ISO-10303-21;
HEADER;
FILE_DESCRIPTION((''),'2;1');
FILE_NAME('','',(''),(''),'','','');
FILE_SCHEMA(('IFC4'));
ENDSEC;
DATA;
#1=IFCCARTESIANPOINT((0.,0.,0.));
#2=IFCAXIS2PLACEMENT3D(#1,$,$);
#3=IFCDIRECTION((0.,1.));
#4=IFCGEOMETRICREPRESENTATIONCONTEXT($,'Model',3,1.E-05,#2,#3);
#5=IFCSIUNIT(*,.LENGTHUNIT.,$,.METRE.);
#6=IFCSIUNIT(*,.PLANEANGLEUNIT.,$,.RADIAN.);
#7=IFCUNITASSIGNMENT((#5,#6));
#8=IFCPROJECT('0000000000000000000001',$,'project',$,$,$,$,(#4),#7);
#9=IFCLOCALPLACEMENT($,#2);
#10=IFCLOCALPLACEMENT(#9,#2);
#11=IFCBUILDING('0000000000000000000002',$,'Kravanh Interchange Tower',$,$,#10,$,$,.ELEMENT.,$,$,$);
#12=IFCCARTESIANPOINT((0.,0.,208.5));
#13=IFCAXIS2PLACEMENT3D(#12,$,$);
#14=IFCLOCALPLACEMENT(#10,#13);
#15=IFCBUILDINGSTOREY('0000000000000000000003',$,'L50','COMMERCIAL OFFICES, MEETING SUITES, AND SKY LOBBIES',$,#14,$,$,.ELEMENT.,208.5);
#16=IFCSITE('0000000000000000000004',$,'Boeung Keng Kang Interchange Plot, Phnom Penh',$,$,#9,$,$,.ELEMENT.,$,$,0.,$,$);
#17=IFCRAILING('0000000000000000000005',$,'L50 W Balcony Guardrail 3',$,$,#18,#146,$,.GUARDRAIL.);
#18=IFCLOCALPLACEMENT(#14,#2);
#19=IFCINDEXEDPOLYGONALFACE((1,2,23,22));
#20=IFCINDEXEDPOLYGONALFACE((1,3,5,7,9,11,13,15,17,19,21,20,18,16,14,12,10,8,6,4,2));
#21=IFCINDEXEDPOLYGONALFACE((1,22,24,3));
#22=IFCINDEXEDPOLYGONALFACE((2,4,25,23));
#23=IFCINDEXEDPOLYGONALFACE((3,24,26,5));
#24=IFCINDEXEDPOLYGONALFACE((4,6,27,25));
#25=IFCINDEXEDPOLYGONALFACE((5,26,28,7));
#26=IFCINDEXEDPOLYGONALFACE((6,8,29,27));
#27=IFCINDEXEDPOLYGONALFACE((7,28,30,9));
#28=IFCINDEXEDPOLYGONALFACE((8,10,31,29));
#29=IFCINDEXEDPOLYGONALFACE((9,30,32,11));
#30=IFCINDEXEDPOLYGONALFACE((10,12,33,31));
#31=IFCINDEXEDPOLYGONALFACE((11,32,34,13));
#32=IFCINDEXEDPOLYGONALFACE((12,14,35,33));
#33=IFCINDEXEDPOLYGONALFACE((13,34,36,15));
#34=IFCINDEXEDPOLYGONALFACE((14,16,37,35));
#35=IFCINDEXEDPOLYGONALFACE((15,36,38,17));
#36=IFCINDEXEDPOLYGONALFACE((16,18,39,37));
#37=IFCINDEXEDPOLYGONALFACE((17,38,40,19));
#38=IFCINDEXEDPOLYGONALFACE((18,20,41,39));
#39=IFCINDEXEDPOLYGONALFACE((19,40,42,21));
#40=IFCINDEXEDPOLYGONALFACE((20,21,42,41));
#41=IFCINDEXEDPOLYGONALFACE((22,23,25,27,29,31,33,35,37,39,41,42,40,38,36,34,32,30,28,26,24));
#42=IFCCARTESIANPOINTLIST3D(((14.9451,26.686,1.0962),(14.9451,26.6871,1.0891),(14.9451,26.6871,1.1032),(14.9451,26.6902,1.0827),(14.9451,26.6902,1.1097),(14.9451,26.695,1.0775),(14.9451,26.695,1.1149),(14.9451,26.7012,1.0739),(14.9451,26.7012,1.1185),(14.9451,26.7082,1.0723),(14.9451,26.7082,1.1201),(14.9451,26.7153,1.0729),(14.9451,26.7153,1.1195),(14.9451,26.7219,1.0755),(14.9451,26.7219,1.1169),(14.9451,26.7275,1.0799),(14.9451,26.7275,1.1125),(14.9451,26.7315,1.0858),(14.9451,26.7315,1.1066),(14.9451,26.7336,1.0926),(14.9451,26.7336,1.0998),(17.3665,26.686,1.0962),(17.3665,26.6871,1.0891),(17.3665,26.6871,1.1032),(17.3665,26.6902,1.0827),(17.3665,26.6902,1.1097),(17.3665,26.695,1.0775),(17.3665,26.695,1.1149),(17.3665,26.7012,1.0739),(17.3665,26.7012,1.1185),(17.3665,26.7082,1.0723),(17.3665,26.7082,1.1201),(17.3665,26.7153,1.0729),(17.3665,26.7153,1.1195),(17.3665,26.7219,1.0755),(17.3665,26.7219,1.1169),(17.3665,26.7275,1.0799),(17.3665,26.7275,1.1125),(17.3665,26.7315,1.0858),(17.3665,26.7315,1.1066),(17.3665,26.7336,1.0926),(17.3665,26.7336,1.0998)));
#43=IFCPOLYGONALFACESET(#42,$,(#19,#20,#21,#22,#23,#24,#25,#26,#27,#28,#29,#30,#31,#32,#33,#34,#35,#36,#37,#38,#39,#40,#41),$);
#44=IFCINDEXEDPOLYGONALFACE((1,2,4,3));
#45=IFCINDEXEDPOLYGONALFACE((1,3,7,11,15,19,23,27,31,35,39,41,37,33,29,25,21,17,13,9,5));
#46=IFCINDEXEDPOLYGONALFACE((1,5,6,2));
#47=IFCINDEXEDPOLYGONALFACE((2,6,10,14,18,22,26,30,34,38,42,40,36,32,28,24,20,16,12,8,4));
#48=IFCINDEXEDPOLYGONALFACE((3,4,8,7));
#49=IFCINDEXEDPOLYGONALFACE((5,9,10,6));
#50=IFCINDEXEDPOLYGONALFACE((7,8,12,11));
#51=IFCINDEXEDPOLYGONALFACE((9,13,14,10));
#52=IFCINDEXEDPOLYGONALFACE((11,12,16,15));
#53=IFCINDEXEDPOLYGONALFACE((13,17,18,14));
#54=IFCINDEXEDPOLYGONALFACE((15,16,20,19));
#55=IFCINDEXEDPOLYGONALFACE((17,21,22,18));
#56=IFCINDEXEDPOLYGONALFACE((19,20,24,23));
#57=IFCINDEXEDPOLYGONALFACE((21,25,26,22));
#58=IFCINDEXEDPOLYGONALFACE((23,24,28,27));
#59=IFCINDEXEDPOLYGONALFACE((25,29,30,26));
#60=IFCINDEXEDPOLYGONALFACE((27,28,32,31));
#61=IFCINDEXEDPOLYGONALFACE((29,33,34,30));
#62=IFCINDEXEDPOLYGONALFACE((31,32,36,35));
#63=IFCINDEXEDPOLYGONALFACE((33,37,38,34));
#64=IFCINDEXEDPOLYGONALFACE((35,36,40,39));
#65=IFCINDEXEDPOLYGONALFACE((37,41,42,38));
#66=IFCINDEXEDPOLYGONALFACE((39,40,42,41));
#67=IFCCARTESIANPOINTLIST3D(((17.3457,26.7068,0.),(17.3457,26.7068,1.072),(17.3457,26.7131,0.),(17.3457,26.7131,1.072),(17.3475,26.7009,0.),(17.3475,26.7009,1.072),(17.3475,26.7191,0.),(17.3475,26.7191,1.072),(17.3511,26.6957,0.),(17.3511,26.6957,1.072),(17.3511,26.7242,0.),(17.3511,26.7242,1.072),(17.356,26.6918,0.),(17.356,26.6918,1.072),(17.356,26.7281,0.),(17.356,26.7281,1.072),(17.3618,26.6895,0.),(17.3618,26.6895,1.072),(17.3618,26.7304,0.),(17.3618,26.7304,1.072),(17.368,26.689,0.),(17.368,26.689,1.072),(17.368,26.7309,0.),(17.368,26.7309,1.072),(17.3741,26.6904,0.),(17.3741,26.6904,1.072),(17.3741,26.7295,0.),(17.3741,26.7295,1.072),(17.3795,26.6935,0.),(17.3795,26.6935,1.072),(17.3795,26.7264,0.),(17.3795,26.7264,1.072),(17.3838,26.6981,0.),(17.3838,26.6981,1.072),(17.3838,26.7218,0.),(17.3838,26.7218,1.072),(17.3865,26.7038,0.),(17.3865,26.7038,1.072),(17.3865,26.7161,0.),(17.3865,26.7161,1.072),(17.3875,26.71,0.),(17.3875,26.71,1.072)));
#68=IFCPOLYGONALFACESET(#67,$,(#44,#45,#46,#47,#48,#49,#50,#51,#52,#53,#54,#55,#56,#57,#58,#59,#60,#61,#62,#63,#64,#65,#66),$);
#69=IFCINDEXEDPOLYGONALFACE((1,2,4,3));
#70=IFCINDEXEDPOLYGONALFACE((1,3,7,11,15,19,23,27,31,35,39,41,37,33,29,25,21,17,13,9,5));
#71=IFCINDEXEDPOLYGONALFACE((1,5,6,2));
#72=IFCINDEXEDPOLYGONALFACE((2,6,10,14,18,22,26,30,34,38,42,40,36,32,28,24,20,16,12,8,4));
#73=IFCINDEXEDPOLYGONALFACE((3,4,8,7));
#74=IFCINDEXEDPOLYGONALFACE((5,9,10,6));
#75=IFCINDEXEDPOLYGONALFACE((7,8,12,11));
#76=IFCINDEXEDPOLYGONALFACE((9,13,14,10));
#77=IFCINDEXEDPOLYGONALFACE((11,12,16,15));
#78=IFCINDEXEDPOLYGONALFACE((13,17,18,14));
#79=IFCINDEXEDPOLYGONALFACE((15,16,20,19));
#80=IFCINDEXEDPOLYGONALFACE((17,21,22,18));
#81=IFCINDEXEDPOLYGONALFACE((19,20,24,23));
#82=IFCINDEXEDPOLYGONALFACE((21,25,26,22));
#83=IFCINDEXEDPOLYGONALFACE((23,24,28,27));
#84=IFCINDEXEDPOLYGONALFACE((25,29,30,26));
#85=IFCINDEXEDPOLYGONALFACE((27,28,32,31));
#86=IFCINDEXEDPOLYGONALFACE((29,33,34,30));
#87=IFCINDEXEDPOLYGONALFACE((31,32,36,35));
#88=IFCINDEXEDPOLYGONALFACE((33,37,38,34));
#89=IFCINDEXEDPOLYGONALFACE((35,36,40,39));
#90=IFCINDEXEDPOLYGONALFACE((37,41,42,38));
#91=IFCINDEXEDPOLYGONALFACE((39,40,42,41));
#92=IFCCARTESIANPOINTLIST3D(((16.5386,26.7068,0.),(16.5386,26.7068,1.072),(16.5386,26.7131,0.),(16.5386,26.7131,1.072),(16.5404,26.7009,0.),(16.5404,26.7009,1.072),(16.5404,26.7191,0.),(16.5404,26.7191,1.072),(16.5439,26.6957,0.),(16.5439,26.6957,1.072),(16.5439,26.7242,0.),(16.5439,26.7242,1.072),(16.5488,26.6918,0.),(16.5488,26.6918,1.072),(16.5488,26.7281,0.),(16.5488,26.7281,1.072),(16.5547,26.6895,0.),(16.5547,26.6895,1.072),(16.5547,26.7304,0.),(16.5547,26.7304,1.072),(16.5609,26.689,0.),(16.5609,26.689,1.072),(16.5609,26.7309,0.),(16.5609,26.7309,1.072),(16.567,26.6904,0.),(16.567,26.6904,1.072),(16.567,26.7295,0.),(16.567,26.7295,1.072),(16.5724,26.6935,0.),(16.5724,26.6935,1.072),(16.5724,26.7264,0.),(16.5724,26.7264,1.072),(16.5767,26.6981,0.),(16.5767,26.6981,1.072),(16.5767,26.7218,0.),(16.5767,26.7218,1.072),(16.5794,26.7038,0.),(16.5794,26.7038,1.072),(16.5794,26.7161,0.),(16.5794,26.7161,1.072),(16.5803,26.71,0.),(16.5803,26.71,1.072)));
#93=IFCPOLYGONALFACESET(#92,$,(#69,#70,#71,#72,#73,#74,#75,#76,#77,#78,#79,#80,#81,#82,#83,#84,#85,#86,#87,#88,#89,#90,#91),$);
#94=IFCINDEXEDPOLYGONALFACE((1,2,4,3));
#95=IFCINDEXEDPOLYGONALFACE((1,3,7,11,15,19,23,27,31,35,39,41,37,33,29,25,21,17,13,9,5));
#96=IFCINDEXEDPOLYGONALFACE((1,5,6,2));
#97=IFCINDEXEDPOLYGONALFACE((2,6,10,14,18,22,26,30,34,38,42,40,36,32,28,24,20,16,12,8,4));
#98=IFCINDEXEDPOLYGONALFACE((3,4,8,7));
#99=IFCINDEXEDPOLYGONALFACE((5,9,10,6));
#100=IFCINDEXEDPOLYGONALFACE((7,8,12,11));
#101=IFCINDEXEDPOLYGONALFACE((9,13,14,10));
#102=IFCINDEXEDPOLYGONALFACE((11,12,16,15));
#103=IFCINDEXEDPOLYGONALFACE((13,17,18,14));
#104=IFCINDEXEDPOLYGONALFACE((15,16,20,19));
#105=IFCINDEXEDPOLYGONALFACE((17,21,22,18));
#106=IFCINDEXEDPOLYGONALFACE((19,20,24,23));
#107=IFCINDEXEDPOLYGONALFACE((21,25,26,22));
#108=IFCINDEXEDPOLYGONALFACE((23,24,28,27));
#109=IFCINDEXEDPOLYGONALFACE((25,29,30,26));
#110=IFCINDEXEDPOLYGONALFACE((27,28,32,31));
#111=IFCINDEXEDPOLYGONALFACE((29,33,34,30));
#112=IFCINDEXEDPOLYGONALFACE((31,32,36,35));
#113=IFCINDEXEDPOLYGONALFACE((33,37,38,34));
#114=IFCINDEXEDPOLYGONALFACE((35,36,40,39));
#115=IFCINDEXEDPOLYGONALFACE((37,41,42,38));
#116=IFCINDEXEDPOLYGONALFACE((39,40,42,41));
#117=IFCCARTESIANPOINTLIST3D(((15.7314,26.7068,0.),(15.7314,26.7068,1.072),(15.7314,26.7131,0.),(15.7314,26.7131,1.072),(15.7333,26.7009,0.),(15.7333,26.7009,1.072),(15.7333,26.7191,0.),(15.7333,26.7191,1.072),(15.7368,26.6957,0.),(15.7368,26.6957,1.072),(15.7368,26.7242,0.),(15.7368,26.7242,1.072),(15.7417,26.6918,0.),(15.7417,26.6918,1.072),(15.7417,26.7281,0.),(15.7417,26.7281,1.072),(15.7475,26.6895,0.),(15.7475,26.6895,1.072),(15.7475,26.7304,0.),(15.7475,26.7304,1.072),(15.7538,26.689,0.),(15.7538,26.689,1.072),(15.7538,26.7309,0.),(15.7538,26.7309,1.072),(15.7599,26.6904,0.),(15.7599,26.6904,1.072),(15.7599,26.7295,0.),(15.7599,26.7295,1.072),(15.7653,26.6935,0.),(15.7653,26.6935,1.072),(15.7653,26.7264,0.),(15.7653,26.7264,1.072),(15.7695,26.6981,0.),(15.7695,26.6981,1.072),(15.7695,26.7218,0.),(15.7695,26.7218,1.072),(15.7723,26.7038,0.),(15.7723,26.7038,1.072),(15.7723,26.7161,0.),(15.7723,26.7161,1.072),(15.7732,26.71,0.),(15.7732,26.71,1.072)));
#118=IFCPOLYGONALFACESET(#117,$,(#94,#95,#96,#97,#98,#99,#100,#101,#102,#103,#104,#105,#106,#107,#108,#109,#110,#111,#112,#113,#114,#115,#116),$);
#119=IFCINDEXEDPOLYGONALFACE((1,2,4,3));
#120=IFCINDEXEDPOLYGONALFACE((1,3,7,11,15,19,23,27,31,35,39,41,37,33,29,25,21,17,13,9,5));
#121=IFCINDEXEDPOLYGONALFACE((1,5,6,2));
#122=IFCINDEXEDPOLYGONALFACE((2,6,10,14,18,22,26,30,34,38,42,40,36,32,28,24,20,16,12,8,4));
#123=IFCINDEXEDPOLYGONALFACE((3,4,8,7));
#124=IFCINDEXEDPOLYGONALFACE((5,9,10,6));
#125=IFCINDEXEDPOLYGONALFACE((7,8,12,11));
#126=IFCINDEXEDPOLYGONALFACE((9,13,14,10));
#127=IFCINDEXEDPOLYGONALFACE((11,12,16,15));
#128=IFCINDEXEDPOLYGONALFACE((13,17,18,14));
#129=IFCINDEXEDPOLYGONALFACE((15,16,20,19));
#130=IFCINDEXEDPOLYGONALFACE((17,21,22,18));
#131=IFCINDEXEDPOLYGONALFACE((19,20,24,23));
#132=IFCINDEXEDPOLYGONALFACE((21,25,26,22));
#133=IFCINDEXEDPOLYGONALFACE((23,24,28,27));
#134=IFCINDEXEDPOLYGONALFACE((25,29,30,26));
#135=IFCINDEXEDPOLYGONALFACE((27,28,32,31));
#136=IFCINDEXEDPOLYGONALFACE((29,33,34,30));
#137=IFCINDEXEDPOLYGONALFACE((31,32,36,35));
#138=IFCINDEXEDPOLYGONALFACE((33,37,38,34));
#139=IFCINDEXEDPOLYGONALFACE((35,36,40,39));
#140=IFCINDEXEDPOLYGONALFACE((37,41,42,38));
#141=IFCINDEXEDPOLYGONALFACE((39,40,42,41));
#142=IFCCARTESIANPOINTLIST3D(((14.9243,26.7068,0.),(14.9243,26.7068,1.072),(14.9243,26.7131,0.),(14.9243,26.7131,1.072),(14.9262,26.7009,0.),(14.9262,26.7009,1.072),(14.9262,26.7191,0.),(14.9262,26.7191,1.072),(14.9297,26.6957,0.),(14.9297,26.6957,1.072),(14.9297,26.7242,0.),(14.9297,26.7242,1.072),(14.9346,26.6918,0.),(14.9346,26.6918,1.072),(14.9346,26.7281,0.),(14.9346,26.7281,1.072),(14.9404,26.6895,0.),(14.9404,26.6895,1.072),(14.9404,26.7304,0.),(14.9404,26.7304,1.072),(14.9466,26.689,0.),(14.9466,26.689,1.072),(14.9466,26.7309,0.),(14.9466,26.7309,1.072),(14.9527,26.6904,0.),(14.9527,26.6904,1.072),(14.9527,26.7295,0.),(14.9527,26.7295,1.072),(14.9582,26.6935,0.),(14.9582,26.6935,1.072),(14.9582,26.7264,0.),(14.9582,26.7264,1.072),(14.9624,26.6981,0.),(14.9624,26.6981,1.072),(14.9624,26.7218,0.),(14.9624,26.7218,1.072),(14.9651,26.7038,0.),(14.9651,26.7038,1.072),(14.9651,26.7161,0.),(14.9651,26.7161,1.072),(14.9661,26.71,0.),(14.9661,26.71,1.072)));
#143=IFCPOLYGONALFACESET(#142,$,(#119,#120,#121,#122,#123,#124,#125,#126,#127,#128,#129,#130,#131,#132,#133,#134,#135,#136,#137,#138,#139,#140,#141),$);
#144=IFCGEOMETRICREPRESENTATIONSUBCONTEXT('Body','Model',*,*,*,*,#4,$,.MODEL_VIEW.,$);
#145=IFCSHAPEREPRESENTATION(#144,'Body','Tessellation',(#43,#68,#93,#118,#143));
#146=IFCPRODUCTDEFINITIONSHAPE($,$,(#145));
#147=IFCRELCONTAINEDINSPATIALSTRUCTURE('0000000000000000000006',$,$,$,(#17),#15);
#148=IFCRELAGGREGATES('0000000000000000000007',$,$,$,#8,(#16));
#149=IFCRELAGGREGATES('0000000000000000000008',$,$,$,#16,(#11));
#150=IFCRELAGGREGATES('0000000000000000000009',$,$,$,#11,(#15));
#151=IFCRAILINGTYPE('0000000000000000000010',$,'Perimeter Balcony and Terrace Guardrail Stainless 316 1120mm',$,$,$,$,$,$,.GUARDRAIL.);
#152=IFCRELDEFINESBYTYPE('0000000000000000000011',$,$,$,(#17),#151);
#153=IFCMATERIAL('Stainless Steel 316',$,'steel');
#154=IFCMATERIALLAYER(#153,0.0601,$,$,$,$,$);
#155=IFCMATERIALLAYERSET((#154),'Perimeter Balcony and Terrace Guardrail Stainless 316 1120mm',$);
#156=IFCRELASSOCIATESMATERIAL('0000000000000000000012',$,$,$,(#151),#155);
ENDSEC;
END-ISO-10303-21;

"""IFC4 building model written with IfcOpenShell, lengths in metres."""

from ifc_helpers import new_model, si_unit, direction, frame, origin, origin_2d, place, context, subcontext, project, spatial, circle, extrude, material, layer, layer_set, type_object, element, save


model = new_model("IFC4")

# Units and contexts
model_context = context("Model", 3, precision=1e-05, world=origin(), true_north=direction((0.0, 1.0)))
body_context = subcontext(model_context, "Body", "Model", "MODEL_VIEW")
ifc_project = project(units=[si_unit("LENGTHUNIT", "METRE"), si_unit("PLANEANGLEUNIT", "RADIAN")], contexts=[model_context])

# Site, building, storey
site_placement = place(None, origin())
site = spatial("IfcSite", under=ifc_project, at=site_placement, Name="Boeung Keng Kang Interchange Plot, Phnom Penh", CompositionType="ELEMENT", RefElevation=0.0)
building_placement = place(site_placement, origin())
building = spatial("IfcBuilding", under=site, at=building_placement, Name="Kravanh Interchange Tower", CompositionType="ELEMENT")
storey_placement = place(building_placement, frame((0.0, 0.0, 208.5)))
storey = spatial("IfcBuildingStorey", under=building, at=storey_placement, Name="L50", Description="COMMERCIAL OFFICES, MEETING SUITES, AND SKY LOBBIES", CompositionType="ELEMENT", Elevation=208.5)

# Railing
ifc_material_1 = material(Name="Stainless Steel 316", Category="steel")
ifc_layer_1 = layer(ifc_material_1, 0.0601)
ifc_layer_set_1 = layer_set([ifc_layer_1], Name="Perimeter Balcony and Terrace Guardrail Stainless 316 1120mm")
railing_type = type_object("IfcRailingType", Name="Perimeter Balcony and Terrace Guardrail Stainless 316 1120mm", PredefinedType="GUARDRAIL", material=ifc_layer_set_1)
railing_1_placement = place(storey_placement, frame((17.3665, 26.71, 0.0)))
element("IfcRailing", 1, at=railing_1_placement, inside=storey, type_object=railing_type, Name="L50 W Balcony Guardrail 3", PredefinedType="GUARDRAIL", context=body_context, shape_type="SweptSolid", body=[
    extrude(circle(Radius=0.0239, at=origin_2d()), frame((0.0, 0.0, 1.0962), z_axis=(-1.0, 0.0, 0.0), x_axis=(0.0, -1.0, 0.0)), (0.0, 0.0, 1.0), 2.4214),
    extrude(circle(Radius=0.021, at=origin_2d()), origin(), (0.0, 0.0, 1.0), 1.072),
    extrude(circle(Radius=0.021, at=origin_2d()), frame((-0.8071, 0.0, 0.0)), (0.0, 0.0, 1.0), 1.072),
    extrude(circle(Radius=0.021, at=origin_2d()), frame((-1.6143, 0.0, 0.0)), (0.0, 0.0, 1.0), 1.072),
    extrude(circle(Radius=0.021, at=origin_2d()), frame((-2.4214, 0.0, 0.0)), (0.0, 0.0, 1.0), 1.072),
])

save(model, "model.ifc")
